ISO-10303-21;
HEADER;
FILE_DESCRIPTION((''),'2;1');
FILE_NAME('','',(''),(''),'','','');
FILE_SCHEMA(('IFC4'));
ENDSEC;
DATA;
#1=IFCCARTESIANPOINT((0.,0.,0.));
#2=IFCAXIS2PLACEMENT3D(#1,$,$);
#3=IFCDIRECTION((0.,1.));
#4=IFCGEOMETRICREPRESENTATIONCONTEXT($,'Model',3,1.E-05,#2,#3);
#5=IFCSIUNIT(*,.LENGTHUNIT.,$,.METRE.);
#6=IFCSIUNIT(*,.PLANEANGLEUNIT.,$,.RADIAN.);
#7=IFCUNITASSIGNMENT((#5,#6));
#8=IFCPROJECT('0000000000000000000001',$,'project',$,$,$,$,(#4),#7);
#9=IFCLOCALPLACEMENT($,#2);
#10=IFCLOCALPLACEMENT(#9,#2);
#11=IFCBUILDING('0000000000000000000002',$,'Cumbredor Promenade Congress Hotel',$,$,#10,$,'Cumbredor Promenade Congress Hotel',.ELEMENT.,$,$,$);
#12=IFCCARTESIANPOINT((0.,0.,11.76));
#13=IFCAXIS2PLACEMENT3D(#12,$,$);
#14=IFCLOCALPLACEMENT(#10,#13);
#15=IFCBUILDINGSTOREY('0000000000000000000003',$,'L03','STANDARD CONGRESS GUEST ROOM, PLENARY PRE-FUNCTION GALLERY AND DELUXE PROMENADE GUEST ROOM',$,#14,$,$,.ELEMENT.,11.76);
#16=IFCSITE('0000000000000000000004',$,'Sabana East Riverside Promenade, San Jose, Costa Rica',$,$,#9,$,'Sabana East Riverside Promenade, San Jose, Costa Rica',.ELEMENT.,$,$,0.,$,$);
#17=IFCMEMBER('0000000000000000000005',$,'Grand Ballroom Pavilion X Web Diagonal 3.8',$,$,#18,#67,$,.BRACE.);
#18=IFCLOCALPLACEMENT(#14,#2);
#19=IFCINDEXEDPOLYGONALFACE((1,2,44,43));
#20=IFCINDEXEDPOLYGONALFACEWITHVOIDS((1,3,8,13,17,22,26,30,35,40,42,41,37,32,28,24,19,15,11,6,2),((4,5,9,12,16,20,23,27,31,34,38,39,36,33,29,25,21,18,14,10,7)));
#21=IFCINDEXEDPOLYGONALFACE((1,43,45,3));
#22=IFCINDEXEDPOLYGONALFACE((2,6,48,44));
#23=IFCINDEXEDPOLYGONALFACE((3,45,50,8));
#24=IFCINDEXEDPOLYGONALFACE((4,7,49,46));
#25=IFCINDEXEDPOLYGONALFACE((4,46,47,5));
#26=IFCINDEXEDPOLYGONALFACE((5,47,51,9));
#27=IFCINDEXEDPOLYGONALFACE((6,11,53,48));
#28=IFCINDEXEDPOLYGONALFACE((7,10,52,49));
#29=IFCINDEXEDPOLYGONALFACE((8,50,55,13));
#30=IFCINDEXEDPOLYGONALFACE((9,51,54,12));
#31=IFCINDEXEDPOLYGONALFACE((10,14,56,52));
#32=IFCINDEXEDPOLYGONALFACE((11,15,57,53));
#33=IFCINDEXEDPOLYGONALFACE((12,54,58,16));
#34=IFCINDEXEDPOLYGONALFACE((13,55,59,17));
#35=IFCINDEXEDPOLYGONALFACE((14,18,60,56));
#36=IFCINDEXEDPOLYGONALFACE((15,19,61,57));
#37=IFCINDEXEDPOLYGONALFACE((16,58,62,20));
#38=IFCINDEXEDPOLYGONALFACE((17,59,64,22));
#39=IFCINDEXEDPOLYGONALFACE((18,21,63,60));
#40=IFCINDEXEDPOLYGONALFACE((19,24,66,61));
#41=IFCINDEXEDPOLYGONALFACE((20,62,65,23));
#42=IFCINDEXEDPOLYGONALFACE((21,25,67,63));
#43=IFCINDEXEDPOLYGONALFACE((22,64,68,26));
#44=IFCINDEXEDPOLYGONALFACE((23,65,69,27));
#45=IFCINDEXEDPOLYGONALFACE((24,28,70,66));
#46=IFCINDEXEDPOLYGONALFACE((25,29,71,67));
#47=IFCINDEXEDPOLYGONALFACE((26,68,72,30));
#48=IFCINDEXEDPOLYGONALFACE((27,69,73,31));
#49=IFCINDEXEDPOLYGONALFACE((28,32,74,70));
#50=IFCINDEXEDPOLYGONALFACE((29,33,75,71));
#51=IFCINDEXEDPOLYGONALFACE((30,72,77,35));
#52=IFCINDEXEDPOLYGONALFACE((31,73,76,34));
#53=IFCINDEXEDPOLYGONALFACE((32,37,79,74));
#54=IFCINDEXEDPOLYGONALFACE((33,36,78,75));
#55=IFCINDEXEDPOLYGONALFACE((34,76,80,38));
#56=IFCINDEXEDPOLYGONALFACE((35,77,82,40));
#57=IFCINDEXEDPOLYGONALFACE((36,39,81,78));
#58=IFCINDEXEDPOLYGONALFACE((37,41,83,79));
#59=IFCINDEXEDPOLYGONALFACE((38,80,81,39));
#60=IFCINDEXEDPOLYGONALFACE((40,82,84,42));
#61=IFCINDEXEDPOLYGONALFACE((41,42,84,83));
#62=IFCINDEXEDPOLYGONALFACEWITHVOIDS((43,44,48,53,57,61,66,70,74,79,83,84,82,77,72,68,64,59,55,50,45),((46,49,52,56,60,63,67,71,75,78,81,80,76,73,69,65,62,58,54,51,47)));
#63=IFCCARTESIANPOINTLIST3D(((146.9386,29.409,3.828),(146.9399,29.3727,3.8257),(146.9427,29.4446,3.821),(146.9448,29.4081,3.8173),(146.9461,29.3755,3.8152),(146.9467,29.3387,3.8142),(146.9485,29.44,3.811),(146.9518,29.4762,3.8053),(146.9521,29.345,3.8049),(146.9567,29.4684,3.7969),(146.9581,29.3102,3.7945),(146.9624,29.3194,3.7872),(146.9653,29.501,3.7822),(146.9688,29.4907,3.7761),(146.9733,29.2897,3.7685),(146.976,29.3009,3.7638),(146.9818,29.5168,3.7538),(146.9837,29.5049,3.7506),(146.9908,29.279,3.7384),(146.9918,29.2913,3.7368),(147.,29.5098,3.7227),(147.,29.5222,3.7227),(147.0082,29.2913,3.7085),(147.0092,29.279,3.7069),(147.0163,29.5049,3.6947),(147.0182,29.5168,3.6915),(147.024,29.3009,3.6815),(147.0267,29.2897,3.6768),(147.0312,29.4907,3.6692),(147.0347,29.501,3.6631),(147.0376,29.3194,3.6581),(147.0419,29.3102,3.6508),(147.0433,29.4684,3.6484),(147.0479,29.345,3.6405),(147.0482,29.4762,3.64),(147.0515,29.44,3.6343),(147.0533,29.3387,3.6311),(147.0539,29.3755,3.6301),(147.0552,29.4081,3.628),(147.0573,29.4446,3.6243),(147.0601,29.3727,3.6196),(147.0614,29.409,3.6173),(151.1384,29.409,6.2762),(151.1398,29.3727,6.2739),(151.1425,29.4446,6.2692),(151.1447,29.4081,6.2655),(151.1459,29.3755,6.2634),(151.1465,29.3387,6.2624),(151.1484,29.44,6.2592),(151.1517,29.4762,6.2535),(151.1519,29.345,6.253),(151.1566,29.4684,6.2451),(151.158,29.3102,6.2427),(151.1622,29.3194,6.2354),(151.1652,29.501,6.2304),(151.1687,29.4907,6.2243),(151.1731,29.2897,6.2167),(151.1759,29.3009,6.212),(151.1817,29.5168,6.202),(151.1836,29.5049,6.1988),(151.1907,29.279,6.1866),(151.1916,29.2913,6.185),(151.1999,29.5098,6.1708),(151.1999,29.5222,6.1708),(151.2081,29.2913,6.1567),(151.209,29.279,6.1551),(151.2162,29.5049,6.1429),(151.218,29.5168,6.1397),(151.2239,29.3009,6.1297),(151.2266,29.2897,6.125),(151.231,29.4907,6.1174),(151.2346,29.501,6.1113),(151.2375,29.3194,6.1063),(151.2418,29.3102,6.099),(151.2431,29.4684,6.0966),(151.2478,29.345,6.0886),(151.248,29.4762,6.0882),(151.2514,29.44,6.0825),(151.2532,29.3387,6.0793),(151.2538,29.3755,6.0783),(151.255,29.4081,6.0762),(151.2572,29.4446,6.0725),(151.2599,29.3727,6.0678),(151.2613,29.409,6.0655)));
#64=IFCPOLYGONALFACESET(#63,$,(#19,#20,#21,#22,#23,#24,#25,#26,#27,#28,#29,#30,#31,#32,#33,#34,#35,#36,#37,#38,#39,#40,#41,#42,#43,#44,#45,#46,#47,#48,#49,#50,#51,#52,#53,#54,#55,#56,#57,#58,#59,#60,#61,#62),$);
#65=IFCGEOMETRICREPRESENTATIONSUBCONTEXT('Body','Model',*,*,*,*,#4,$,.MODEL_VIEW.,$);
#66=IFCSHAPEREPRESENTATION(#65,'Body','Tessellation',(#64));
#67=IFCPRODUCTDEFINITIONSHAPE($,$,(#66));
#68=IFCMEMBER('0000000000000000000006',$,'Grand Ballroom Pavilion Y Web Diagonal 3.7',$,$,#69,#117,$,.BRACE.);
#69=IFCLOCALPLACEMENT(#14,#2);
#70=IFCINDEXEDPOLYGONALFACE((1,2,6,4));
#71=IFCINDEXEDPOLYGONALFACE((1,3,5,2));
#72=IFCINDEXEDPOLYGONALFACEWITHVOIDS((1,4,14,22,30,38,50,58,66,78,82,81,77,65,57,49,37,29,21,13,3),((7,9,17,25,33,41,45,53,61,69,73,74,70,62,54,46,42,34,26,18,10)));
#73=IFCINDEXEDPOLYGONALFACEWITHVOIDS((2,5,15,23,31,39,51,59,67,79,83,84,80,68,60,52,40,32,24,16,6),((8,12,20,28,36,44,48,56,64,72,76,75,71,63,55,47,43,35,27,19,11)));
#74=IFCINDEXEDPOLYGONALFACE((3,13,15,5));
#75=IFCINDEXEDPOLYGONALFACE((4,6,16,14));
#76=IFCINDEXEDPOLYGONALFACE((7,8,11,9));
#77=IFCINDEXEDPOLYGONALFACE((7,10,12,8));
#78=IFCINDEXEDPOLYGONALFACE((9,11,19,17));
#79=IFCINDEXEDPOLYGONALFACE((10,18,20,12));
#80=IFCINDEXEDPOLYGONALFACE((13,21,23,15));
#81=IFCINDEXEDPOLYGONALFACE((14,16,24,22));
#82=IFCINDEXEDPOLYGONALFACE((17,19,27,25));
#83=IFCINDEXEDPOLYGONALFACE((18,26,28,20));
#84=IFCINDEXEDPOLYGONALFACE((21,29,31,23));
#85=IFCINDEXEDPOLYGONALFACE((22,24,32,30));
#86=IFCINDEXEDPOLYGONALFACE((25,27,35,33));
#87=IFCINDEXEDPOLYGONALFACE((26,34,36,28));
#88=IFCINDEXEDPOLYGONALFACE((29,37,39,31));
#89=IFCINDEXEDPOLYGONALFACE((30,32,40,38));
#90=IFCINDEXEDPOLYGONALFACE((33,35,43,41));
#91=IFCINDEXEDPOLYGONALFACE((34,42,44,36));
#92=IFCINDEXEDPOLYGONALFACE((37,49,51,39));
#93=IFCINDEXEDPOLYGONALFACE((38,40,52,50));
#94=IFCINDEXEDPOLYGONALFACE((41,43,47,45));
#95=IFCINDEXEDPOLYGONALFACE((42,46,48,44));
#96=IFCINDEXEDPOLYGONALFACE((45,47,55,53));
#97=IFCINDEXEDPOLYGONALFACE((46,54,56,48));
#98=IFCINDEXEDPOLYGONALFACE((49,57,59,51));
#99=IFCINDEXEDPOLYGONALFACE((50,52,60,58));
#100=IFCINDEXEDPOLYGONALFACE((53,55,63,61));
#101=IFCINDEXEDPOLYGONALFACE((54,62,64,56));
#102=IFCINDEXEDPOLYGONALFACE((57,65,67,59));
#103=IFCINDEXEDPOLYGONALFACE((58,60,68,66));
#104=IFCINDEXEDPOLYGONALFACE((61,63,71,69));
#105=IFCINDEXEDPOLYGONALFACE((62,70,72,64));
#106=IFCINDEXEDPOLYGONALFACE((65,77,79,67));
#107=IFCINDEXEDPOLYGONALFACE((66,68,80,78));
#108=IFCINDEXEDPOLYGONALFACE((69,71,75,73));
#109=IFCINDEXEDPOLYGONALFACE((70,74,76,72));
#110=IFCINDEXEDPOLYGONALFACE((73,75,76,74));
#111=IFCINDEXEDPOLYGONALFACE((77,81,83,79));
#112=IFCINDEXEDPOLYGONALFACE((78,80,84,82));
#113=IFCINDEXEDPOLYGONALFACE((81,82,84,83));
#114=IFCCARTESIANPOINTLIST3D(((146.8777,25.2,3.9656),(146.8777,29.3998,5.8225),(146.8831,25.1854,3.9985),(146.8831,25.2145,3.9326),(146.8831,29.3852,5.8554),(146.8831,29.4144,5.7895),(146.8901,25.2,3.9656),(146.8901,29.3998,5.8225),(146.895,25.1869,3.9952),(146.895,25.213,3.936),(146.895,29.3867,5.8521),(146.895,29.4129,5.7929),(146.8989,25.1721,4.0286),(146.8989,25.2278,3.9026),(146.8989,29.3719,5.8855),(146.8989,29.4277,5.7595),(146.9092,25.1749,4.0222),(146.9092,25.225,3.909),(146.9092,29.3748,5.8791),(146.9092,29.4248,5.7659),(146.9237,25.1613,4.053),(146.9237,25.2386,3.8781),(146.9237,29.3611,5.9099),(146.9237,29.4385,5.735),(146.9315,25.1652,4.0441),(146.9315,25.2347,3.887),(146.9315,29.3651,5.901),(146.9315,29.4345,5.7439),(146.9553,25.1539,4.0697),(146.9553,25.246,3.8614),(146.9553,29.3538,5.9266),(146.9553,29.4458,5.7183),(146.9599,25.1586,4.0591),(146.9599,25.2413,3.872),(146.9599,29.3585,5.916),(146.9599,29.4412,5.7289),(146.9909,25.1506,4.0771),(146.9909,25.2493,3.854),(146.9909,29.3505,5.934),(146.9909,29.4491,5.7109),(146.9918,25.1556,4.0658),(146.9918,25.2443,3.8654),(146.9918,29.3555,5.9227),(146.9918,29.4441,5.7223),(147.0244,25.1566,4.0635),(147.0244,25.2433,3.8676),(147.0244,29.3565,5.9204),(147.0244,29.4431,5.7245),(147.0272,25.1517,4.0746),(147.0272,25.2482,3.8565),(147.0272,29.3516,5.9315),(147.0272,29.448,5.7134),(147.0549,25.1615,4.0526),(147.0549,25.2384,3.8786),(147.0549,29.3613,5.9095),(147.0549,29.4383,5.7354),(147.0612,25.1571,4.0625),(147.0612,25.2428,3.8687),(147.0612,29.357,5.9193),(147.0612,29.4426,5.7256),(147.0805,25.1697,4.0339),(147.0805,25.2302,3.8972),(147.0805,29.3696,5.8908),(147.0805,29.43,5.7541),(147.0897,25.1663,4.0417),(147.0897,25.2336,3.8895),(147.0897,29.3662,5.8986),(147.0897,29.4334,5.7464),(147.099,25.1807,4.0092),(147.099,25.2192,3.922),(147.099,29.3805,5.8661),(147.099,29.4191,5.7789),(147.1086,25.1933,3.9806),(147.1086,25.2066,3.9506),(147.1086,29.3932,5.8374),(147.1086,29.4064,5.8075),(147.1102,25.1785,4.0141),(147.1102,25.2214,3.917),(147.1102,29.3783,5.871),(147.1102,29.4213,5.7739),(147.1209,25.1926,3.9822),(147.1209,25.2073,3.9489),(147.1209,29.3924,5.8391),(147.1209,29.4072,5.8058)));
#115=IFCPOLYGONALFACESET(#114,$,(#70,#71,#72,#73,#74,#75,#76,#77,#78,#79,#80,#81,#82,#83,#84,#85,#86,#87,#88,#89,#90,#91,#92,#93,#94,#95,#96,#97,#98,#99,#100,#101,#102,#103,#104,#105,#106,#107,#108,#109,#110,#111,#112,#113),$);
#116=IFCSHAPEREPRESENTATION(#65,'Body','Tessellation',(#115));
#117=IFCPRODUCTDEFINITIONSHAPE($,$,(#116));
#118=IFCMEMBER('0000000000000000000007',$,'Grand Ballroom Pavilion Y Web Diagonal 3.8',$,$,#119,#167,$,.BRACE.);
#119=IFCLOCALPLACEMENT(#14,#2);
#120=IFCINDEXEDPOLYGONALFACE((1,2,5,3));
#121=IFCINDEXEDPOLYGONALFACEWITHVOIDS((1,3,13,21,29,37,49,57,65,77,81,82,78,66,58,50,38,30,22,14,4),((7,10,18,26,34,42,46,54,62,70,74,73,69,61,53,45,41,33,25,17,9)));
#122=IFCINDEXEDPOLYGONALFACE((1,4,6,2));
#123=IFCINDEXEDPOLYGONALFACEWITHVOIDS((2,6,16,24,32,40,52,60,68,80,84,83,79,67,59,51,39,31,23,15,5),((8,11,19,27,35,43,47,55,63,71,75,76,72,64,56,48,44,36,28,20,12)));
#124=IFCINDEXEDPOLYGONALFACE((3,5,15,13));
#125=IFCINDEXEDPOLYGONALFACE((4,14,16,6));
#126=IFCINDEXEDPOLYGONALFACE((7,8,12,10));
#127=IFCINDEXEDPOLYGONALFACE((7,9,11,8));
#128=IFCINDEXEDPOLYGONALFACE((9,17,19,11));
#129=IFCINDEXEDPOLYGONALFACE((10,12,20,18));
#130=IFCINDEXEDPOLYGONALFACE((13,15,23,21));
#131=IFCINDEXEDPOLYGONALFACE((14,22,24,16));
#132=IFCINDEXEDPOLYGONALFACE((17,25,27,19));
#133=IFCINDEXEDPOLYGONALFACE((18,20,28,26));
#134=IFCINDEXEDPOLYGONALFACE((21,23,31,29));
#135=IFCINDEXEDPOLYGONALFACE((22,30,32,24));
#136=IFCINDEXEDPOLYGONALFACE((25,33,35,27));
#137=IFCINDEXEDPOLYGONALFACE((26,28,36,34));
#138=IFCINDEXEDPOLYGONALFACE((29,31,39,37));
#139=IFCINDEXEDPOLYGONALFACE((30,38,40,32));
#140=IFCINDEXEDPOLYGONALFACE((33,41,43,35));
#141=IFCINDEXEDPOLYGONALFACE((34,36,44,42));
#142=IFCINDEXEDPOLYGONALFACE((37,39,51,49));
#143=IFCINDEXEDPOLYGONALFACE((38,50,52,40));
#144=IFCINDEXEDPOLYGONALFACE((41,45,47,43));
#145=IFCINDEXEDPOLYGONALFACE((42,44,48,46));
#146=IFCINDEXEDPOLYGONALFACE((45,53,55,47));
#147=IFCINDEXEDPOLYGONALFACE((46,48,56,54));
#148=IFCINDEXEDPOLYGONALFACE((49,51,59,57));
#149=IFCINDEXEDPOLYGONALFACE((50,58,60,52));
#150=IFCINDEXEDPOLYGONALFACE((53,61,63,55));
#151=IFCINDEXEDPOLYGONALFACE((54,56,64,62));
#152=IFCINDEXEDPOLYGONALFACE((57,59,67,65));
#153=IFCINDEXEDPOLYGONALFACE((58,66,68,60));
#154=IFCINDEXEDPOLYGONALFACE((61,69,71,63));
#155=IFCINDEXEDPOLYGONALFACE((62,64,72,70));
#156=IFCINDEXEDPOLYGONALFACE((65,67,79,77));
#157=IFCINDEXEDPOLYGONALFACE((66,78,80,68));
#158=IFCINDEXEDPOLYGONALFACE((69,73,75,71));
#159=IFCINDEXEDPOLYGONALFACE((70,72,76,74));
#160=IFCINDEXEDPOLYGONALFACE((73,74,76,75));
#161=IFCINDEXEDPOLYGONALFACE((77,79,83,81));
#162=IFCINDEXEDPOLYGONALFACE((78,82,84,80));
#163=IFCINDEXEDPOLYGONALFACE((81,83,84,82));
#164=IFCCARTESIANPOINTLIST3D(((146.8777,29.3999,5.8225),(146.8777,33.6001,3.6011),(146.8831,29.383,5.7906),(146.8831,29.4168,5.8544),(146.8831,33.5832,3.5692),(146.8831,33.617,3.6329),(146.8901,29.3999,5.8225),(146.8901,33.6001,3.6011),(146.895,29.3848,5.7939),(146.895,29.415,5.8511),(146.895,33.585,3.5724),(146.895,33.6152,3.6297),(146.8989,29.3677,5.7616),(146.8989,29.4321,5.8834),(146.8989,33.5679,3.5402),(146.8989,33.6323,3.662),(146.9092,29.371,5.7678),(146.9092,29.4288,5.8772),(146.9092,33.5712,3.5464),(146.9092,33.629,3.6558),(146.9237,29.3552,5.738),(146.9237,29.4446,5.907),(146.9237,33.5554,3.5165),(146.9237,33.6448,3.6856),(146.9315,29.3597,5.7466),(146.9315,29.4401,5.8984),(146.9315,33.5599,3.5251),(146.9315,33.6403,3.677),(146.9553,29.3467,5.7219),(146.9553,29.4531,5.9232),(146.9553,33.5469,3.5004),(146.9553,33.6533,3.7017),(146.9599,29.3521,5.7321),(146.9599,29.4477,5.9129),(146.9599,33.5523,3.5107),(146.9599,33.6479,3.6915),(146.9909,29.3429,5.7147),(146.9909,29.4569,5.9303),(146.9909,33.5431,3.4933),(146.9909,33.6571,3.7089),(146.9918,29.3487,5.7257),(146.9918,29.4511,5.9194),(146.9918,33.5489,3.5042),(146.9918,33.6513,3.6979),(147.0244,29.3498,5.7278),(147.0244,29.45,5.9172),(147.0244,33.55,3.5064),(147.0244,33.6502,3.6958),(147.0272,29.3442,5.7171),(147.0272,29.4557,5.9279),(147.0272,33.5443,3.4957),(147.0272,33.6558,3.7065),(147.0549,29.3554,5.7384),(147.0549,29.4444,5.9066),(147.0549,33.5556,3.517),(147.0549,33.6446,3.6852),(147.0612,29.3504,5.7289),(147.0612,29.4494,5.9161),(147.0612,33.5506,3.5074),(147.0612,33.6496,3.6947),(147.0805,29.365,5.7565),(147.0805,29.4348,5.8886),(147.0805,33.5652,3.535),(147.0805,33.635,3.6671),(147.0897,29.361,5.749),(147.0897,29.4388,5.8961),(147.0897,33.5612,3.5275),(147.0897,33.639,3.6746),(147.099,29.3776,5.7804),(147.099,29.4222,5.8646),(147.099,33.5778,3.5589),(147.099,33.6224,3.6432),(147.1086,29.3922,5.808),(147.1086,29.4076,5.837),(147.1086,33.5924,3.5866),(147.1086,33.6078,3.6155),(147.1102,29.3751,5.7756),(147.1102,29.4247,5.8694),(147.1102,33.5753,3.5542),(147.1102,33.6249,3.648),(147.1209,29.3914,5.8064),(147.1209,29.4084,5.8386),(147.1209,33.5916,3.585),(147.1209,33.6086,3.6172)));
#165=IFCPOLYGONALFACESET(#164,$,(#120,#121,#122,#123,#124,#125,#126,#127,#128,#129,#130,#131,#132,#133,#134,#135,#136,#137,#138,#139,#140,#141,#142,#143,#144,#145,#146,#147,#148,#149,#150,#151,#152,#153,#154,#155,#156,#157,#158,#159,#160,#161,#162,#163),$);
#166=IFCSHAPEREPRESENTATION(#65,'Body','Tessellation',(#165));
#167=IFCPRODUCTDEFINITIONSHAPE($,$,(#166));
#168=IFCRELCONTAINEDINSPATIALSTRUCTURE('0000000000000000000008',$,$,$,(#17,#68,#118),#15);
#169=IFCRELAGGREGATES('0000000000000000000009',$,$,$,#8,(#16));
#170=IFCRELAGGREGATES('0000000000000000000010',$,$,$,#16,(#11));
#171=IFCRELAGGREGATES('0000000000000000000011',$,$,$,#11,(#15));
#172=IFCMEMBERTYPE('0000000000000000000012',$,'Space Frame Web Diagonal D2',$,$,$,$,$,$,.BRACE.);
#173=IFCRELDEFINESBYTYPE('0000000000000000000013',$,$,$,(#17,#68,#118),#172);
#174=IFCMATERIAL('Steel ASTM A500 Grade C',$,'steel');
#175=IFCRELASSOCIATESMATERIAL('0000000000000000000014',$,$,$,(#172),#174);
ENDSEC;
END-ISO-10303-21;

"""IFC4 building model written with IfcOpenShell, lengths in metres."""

from ifc_helpers import new_model, si_unit, direction, frame, origin, origin_2d, place, context, subcontext, project, spatial, hollow_circle, extrude, material, material_profile, profile_set, type_object, element, save


model = new_model("IFC4")

# Units and contexts
model_context = context("Model", 3, precision=1e-05, world=origin(), true_north=direction((0.0, 1.0)))
body_context = subcontext(model_context, "Body", "Model", "MODEL_VIEW")
ifc_project = project(units=[si_unit("LENGTHUNIT", "METRE"), si_unit("PLANEANGLEUNIT", "RADIAN")], contexts=[model_context])

# Site, building, storey
site_placement = place(None, origin())
site = spatial("IfcSite", under=ifc_project, at=site_placement, Name="Sabana East Riverside Promenade, San Jose, Costa Rica", LongName="Sabana East Riverside Promenade, San Jose, Costa Rica", CompositionType="ELEMENT", RefElevation=0.0)
building_placement = place(site_placement, origin())
building = spatial("IfcBuilding", under=site, at=building_placement, Name="Cumbredor Promenade Congress Hotel", LongName="Cumbredor Promenade Congress Hotel", CompositionType="ELEMENT")
storey_placement = place(building_placement, frame((0.0, 0.0, 11.76)))
storey = spatial("IfcBuildingStorey", under=building, at=storey_placement, Name="L03", Description="STANDARD CONGRESS GUEST ROOM, PLENARY PRE-FUNCTION GALLERY AND DELUXE PROMENADE GUEST ROOM", CompositionType="ELEMENT", Elevation=11.76)

# Members
ifc_material_1 = material(Name="Steel ASTM A500 Grade C", Category="steel")
ifc_material_profile_1 = material_profile(ifc_material_1, hollow_circle(Radius=0.1223, WallThickness=0.0125, at=origin_2d()), Name="CHS 244.5x12.5")
ifc_profile_set_1 = profile_set([ifc_material_profile_1], Name="Steel ASTM A500 Grade C")
member_type_1 = type_object("IfcMemberType", Name="Space Frame Web Diagonal D2", PredefinedType="BRACE", material=ifc_profile_set_1)
member_1_placement = place(storey_placement, frame((147.0, 29.3999, 3.7227), z_axis=(0.863934, 0.0, 0.503606), x_axis=(0.0, 1.0, 0.0)))
element("IfcMember", 1, at=member_1_placement, inside=storey, type_object=member_type_1, Name="Grand Ballroom Pavilion X Web Diagonal 3.8", PredefinedType="BRACE", context=body_context, shape_type="SweptSolid", body=[
    extrude(hollow_circle(Radius=0.1223, WallThickness=0.0125, at=origin_2d()), origin(), (0.0, 0.0, 1.0), 4.8613),
])
member_2_placement = place(storey_placement, frame((147.0, 25.2, 3.9656), z_axis=(0.0, 0.914595, 0.404372), x_axis=(-1.0, 0.0, 0.0)))
element("IfcMember", 2, at=member_2_placement, inside=storey, type_object=member_type_1, Name="Grand Ballroom Pavilion Y Web Diagonal 3.7", PredefinedType="BRACE", context=body_context, shape_type="SweptSolid", body=[
    extrude(hollow_circle(Radius=0.1223, WallThickness=0.0125, at=origin_2d()), origin(), (0.0, 0.0, 1.0), 4.592),
])
member_3_placement = place(storey_placement, frame((147.0, 29.3999, 5.8225), z_axis=(0.0, 0.883979, -0.467526), x_axis=(-1.0, 0.0, 0.0)))
element("IfcMember", 3, at=member_3_placement, inside=storey, type_object=member_type_1, Name="Grand Ballroom Pavilion Y Web Diagonal 3.8", PredefinedType="BRACE", context=body_context, shape_type="SweptSolid", body=[
    extrude(hollow_circle(Radius=0.1223, WallThickness=0.0125, at=origin_2d()), origin(), (0.0, 0.0, 1.0), 4.7515),
])

save(model, "model.ifc")
